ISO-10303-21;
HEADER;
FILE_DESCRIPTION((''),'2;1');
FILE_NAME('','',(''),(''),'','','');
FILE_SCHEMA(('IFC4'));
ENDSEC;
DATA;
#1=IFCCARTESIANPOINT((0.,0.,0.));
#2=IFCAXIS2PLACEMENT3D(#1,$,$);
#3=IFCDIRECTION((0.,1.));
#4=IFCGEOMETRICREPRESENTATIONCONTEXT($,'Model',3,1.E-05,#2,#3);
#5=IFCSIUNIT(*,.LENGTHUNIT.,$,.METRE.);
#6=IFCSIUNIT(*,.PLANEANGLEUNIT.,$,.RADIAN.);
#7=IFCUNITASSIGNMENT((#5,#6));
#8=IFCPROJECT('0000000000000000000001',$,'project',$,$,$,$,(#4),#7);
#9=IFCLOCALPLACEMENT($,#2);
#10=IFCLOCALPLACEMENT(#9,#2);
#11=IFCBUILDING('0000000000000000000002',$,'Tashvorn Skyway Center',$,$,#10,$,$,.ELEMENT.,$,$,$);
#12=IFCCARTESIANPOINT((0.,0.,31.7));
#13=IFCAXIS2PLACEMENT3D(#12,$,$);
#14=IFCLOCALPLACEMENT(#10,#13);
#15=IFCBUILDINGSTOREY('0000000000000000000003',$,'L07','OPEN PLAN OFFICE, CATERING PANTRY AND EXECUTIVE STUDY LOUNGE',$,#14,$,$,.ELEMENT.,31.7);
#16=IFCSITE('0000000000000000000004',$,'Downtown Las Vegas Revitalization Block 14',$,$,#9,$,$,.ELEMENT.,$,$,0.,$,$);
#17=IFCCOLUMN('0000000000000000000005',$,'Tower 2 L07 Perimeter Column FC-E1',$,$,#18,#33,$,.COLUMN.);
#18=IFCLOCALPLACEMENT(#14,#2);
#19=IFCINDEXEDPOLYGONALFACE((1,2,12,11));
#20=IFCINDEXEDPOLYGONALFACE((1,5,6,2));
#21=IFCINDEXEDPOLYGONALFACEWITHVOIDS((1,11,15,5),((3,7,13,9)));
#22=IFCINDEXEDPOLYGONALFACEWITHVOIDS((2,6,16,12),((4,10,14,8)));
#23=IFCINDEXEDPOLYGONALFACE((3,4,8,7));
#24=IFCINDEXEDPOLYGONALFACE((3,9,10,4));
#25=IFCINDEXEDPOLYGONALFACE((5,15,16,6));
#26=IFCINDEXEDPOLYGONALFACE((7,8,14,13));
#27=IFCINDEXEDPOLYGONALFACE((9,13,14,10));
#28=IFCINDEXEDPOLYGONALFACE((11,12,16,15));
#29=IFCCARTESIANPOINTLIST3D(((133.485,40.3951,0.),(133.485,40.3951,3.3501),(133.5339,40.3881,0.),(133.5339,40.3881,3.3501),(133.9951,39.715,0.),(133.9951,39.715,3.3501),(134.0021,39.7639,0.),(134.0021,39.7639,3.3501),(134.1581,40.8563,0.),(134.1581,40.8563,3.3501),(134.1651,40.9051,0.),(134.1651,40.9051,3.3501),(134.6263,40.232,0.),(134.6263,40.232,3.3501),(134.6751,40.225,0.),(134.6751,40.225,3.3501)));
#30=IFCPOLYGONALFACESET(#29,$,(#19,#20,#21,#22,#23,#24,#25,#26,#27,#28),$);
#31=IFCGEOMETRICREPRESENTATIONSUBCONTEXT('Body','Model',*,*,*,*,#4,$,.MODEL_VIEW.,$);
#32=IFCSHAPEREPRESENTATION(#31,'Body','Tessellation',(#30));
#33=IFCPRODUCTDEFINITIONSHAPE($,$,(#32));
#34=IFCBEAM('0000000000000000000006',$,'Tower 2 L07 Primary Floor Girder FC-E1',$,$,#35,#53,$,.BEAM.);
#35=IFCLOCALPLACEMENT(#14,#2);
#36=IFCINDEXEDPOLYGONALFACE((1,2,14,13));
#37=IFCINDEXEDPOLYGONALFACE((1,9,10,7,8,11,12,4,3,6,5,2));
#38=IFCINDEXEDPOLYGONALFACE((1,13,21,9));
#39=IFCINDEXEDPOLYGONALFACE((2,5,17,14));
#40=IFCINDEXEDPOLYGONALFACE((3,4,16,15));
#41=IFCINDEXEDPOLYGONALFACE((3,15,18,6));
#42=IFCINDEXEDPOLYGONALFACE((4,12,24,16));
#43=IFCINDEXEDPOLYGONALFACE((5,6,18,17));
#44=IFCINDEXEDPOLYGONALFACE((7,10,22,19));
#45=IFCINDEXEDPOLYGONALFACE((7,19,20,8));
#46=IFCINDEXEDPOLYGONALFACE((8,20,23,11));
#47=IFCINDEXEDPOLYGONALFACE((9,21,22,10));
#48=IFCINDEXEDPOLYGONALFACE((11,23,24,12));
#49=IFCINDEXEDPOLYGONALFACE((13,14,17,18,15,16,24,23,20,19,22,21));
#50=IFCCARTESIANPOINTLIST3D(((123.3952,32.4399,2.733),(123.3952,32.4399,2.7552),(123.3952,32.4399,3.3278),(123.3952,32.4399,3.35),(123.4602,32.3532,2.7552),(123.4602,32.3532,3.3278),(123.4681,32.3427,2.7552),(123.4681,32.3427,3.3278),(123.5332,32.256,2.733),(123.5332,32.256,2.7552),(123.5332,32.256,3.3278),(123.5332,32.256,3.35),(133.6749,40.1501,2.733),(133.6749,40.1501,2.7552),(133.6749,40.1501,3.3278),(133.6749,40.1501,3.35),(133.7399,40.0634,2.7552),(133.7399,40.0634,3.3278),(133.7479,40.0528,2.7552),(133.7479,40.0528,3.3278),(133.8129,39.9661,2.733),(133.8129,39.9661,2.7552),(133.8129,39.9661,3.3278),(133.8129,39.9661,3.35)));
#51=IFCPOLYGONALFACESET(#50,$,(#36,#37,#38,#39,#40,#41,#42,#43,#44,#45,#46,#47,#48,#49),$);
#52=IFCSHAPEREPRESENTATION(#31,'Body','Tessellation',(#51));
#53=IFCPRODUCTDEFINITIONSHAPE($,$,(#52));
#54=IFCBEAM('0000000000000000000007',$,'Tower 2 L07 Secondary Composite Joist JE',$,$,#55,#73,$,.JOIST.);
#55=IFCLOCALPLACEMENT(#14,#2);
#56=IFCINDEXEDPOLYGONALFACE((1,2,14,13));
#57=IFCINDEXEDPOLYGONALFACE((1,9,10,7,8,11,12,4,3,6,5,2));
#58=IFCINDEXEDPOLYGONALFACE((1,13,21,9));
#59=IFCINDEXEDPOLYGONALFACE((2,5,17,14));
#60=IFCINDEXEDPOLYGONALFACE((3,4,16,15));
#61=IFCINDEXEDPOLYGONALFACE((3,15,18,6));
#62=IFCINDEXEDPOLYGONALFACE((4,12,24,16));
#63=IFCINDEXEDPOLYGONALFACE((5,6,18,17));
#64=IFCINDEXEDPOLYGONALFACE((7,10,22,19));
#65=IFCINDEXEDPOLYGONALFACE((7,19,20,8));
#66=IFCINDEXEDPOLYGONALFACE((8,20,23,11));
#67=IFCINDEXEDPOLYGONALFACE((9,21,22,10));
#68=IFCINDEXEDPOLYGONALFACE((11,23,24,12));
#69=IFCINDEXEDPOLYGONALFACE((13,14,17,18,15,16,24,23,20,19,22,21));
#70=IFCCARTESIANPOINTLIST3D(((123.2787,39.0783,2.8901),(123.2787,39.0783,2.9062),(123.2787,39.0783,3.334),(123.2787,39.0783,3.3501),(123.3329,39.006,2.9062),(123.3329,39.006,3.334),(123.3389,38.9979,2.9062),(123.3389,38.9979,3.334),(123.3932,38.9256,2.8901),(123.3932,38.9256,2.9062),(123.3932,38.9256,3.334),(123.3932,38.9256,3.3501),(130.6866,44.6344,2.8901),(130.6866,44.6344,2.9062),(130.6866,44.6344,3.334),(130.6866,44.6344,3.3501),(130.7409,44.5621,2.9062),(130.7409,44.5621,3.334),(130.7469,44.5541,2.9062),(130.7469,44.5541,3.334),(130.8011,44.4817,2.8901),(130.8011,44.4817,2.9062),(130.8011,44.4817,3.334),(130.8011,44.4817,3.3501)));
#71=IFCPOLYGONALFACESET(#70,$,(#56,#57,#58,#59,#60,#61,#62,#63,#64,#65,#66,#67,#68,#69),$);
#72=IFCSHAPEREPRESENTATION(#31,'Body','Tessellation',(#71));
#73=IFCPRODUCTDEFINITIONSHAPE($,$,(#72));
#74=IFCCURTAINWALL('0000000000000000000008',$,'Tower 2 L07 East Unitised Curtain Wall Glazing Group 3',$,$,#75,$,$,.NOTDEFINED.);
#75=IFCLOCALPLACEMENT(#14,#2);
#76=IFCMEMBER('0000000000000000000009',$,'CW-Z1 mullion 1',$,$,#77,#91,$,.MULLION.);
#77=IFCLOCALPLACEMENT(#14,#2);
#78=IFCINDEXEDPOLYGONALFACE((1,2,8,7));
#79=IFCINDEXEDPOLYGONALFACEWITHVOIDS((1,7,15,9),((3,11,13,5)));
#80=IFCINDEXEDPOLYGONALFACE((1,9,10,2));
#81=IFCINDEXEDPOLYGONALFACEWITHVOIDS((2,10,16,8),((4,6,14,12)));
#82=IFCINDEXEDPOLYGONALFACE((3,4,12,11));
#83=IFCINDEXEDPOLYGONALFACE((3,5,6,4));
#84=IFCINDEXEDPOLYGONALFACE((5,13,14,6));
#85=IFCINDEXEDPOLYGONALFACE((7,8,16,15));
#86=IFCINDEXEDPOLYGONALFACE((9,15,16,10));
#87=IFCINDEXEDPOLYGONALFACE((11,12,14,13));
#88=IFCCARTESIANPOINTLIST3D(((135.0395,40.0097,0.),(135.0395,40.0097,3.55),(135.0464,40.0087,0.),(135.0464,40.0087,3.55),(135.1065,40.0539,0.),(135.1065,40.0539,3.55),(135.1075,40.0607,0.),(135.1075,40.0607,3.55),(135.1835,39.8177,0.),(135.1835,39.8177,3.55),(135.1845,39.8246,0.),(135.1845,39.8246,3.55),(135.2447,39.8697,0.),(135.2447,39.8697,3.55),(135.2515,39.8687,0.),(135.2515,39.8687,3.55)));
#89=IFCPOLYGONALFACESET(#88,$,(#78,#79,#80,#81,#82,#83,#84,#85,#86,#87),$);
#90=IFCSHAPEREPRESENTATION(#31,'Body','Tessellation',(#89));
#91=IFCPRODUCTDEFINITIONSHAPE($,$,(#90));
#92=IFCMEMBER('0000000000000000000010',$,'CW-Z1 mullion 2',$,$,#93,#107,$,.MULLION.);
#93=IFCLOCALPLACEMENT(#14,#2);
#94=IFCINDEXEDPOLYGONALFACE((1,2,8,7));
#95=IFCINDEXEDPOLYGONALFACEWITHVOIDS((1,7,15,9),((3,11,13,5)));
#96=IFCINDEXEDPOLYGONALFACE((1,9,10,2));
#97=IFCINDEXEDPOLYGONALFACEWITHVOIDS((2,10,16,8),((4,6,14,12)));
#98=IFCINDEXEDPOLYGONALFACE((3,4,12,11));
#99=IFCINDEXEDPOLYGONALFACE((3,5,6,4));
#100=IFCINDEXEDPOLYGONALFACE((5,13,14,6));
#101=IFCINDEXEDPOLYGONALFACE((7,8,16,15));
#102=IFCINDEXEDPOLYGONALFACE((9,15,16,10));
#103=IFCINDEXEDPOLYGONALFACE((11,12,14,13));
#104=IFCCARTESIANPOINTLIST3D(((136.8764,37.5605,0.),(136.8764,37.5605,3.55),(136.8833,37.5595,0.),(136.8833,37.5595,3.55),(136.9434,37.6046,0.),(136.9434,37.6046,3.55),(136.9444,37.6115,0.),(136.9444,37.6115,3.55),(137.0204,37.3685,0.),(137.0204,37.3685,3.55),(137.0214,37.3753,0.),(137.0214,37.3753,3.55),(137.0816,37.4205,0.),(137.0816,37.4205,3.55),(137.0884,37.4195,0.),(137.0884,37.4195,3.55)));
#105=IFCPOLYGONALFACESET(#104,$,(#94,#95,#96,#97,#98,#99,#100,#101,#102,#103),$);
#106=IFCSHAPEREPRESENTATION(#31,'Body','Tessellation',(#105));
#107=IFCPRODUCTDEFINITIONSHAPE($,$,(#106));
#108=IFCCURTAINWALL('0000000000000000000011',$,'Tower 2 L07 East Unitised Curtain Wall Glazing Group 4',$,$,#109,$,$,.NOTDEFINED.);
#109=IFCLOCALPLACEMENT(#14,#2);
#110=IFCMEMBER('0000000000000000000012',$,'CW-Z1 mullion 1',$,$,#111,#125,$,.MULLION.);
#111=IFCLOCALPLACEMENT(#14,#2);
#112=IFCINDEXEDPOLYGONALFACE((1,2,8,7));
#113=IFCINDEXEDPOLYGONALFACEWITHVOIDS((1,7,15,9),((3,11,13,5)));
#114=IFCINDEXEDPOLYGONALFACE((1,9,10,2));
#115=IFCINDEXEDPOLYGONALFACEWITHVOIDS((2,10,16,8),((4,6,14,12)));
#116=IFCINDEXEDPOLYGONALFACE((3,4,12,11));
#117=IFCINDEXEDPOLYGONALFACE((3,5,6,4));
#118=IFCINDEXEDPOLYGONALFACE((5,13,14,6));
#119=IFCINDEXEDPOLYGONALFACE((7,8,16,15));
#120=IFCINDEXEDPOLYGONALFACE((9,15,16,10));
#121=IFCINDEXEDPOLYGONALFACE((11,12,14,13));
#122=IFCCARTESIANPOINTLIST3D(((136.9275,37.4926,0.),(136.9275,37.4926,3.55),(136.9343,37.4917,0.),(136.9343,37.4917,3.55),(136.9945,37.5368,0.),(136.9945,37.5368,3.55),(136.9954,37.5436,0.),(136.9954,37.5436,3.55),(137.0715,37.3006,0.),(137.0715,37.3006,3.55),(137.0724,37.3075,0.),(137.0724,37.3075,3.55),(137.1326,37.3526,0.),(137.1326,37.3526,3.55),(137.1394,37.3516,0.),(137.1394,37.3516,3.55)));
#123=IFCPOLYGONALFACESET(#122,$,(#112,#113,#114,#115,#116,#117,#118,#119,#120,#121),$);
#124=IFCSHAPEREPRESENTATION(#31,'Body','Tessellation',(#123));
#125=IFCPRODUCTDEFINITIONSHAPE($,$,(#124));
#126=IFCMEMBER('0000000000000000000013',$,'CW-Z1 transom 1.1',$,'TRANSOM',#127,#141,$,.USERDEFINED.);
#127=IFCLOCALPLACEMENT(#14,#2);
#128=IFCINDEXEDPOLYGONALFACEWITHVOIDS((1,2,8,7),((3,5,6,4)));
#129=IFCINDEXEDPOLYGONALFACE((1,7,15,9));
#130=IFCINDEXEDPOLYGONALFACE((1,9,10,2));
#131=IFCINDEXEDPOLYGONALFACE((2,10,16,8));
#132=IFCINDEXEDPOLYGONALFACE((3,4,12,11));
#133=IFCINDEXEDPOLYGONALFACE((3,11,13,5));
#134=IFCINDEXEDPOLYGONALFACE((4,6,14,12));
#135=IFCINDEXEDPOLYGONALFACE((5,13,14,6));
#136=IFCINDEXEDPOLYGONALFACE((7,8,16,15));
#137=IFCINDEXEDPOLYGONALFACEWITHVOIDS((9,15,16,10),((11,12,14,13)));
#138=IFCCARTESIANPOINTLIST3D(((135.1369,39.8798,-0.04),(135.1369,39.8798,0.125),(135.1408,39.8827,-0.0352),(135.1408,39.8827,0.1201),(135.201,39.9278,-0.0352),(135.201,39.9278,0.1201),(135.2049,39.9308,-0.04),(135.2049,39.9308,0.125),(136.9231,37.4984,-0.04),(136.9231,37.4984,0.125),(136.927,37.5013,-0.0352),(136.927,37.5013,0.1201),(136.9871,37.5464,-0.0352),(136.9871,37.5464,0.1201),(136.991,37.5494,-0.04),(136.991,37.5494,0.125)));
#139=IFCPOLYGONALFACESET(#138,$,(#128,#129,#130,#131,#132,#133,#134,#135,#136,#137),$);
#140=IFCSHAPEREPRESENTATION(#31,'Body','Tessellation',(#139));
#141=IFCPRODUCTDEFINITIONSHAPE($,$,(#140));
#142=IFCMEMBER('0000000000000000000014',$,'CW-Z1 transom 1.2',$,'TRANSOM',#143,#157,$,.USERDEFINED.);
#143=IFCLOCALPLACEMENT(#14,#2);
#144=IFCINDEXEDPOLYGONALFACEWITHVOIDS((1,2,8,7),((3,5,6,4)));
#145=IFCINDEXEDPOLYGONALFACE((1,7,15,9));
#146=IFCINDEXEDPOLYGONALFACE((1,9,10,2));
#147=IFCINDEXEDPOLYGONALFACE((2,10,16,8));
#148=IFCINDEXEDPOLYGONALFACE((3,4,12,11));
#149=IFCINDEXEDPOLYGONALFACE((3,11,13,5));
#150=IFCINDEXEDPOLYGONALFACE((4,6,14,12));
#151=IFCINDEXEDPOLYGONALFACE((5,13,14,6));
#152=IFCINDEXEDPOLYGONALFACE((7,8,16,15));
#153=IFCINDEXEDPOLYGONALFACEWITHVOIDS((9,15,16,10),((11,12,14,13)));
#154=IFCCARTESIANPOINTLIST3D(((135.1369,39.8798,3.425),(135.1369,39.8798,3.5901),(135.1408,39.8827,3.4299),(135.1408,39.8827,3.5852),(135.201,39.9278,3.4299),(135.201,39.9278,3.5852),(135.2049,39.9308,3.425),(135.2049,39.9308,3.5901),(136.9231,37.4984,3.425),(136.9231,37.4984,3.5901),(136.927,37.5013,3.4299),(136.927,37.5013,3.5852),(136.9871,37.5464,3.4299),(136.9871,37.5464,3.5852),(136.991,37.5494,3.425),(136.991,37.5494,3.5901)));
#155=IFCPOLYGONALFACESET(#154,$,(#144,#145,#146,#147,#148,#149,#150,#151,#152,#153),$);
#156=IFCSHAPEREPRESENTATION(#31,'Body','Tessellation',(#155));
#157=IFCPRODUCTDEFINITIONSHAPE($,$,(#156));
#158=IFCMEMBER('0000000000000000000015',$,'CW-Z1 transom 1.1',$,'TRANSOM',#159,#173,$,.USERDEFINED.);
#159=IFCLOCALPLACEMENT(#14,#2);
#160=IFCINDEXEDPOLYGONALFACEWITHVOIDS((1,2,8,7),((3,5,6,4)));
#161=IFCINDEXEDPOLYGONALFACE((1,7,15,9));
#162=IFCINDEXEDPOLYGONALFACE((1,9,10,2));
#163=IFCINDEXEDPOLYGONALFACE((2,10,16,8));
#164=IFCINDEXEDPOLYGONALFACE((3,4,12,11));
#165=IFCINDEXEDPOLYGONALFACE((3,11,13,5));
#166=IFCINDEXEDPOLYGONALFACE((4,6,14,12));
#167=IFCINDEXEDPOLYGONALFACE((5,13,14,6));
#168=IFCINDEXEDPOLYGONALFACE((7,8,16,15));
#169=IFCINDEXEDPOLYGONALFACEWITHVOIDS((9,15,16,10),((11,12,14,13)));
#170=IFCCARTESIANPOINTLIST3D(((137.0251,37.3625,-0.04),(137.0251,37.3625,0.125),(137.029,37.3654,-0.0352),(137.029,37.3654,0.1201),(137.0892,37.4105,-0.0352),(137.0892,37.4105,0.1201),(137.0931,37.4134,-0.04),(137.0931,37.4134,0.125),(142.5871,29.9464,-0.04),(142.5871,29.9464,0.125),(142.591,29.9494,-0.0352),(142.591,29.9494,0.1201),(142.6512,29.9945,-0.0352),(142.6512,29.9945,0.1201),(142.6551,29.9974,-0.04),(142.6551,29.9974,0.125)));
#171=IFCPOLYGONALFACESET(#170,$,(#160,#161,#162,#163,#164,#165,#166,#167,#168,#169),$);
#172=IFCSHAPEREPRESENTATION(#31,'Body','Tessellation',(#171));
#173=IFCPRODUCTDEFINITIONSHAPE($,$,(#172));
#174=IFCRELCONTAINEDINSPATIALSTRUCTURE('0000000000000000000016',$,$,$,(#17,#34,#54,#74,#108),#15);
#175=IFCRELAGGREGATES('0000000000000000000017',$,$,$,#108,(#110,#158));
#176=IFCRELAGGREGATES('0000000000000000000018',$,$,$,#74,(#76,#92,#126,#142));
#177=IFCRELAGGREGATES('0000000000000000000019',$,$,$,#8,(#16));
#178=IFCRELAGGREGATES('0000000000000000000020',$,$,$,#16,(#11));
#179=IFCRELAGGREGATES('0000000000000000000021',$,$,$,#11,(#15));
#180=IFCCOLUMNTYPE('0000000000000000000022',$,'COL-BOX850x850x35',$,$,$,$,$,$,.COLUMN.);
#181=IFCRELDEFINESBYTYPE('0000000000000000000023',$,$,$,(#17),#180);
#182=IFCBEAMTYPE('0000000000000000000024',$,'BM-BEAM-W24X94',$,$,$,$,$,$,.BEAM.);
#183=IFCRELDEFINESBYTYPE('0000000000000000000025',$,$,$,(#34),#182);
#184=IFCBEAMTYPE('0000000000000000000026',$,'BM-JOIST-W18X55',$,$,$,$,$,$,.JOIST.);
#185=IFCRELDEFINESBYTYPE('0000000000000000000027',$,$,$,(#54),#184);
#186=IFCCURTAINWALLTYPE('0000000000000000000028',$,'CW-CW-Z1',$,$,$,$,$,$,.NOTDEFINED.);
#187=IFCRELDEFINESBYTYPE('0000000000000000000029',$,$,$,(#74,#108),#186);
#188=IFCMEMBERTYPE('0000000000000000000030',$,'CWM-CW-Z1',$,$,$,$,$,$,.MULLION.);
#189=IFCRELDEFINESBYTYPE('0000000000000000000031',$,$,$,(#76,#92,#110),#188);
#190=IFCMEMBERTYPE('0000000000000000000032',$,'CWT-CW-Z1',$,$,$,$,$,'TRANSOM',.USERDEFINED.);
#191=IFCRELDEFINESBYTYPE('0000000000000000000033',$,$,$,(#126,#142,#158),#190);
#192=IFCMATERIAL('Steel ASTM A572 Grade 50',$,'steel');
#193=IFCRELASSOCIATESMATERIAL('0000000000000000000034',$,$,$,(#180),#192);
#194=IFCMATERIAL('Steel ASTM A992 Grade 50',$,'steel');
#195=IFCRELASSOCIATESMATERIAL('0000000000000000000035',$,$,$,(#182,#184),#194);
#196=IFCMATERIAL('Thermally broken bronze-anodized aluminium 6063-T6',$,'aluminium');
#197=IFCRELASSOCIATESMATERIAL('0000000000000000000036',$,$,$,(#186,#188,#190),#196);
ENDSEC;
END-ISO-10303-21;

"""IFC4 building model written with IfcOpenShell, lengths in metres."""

from ifc_helpers import new_model, si_unit, direction, frame, origin, origin_2d, place, context, subcontext, project, spatial, hollow_rectangle, i_section, extrude, material, material_profile, profile_set, type_object, element, aggregate, save


model = new_model("IFC4")

# Units and contexts
model_context = context("Model", 3, precision=1e-05, world=origin(), true_north=direction((0.0, 1.0)))
body_context = subcontext(model_context, "Body", "Model", "MODEL_VIEW")
ifc_project = project(units=[si_unit("LENGTHUNIT", "METRE"), si_unit("PLANEANGLEUNIT", "RADIAN")], contexts=[model_context])

# Site, building, storey
site_placement = place(None, origin())
site = spatial("IfcSite", under=ifc_project, at=site_placement, Name="Downtown Las Vegas Revitalization Block 14", CompositionType="ELEMENT", RefElevation=0.0)
building_placement = place(site_placement, origin())
building = spatial("IfcBuilding", under=site, at=building_placement, Name="Tashvorn Skyway Center", CompositionType="ELEMENT")
storey_placement = place(building_placement, frame((0.0, 0.0, 31.7)))
storey = spatial("IfcBuildingStorey", under=building, at=storey_placement, Name="L07", Description="OPEN PLAN OFFICE, CATERING PANTRY AND EXECUTIVE STUDY LOUNGE", CompositionType="ELEMENT", Elevation=31.7)

# Column
ifc_material_1 = material(Name="Steel ASTM A572 Grade 50", Category="steel")
ifc_material_profile_1 = material_profile(ifc_material_1, hollow_rectangle(XDim=0.8501, YDim=0.8501, WallThickness=0.0349, at=origin_2d()), Name="BOX850x850x35")
ifc_profile_set_1 = profile_set([ifc_material_profile_1], Name="Steel ASTM A572 Grade 50")
column_type = type_object("IfcColumnType", Name="COL-BOX850x850x35", PredefinedType="COLUMN", material=ifc_profile_set_1)
column_placement = place(storey_placement, frame((134.0801, 40.3101, 0.0), z_axis=(0.0, 0.0, 1.0), x_axis=(0.8, 0.6, 0.0)))
element("IfcColumn", 1, at=column_placement, inside=storey, type_object=column_type, Name="Tower 2 L07 Perimeter Column FC-E1", PredefinedType="COLUMN", context=body_context, shape_type="SweptSolid", body=[
    extrude(hollow_rectangle(XDim=0.8501, YDim=0.8501, WallThickness=0.0349, at=origin_2d()), origin(), (0.0, 0.0, 1.0), 3.3501),
])

# Beams
ifc_material_2 = material(Name="Steel ASTM A992 Grade 50", Category="steel")
ifc_material_profile_2 = material_profile(ifc_material_2, i_section(OverallWidth=0.23, OverallDepth=0.6169, WebThickness=0.0132, FlangeThickness=0.0222, at=origin_2d()), Name="W24X94")
ifc_profile_set_2 = profile_set([ifc_material_profile_2], Name="Steel ASTM A992 Grade 50")
beam_type_1 = type_object("IfcBeamType", Name="BM-BEAM-W24X94", PredefinedType="BEAM", material=ifc_profile_set_2)
beam_1_placement = place(storey_placement, frame((133.7439, 40.0581, 3.0415), z_axis=(-0.799986, -0.600018, 0.0), x_axis=(0.600018, -0.799986, 0.0)))
element("IfcBeam", 2, at=beam_1_placement, inside=storey, type_object=beam_type_1, Name="Tower 2 L07 Primary Floor Girder FC-E1", PredefinedType="BEAM", context=body_context, shape_type="SweptSolid", body=[
    extrude(i_section(OverallWidth=0.23, OverallDepth=0.6169, WebThickness=0.0132, FlangeThickness=0.0222, at=origin_2d()), origin(), (0.0, 0.0, 1.0), 12.8499),
])
ifc_material_profile_3 = material_profile(ifc_material_2, i_section(OverallWidth=0.1909, OverallDepth=0.46, WebThickness=0.01, FlangeThickness=0.0161, at=origin_2d()), Name="W18X55")
ifc_profile_set_3 = profile_set([ifc_material_profile_3], Name="Steel ASTM A992 Grade 50")
beam_type_2 = type_object("IfcBeamType", Name="BM-JOIST-W18X55", PredefinedType="JOIST", material=ifc_profile_set_3)
beam_2_placement = place(storey_placement, frame((123.3359, 39.002, 3.1201), z_axis=(0.799991, 0.600013, 0.0), x_axis=(-0.600013, 0.799991, 0.0)))
element("IfcBeam", 3, at=beam_2_placement, inside=storey, type_object=beam_type_2, Name="Tower 2 L07 Secondary Composite Joist JE", PredefinedType="JOIST", context=body_context, shape_type="SweptSolid", body=[
    extrude(i_section(OverallWidth=0.1909, OverallDepth=0.46, WebThickness=0.01, FlangeThickness=0.0161, at=origin_2d()), origin(), (0.0, 0.0, 1.0), 9.26),
])

# Curtain wall, members
ifc_material_3 = material(Name="Thermally broken bronze-anodized aluminium 6063-T6", Category="aluminium")
curtain_wall_type = type_object("IfcCurtainWallType", Name="CW-CW-Z1", PredefinedType="NOTDEFINED", material=ifc_material_3)
curtain_wall_1_placement = place(storey_placement, origin())
curtain_wall_1 = element("IfcCurtainWall", 4, at=curtain_wall_1_placement, inside=storey, type_object=curtain_wall_type, Name="Tower 2 L07 East Unitised Curtain Wall Glazing Group 3", PredefinedType="NOTDEFINED")
ifc_material_profile_4 = material_profile(ifc_material_3, hollow_rectangle(XDim=0.085, YDim=0.24, WallThickness=0.0049, at=origin_2d()), Name="ALU-MULL-85x240")
ifc_profile_set_4 = profile_set([ifc_material_profile_4], Name="Thermally broken bronze-anodized aluminium 6063-T6")
member_type_1 = type_object("IfcMemberType", Name="CWM-CW-Z1", PredefinedType="MULLION", material=ifc_profile_set_4)
member_1_placement = place(storey_placement, frame((135.1455, 39.9392, 0.0), z_axis=(0.0, 0.0, 1.0), x_axis=(0.799996, 0.600005, 0.0)))
member_1 = element("IfcMember", 5, at=member_1_placement, type_object=member_type_1, Name="CW-Z1 mullion 1", PredefinedType="MULLION", context=body_context, shape_type="SweptSolid", body=[
    extrude(hollow_rectangle(XDim=0.085, YDim=0.24, WallThickness=0.0049, at=origin_2d()), origin(), (0.0, 0.0, 1.0), 3.55),
])
member_2_placement = place(storey_placement, frame((136.9824, 37.49, 0.0), z_axis=(0.0, 0.0, 1.0), x_axis=(0.799996, 0.600005, 0.0)))
member_2 = element("IfcMember", 6, at=member_2_placement, type_object=member_type_1, Name="CW-Z1 mullion 2", PredefinedType="MULLION", context=body_context, shape_type="SweptSolid", body=[
    extrude(hollow_rectangle(XDim=0.085, YDim=0.24, WallThickness=0.0049, at=origin_2d()), origin(), (0.0, 0.0, 1.0), 3.55),
])

# Curtain wall, member
curtain_wall_2_placement = place(storey_placement, origin())
curtain_wall_2 = element("IfcCurtainWall", 7, at=curtain_wall_2_placement, inside=storey, type_object=curtain_wall_type, Name="Tower 2 L07 East Unitised Curtain Wall Glazing Group 4", PredefinedType="NOTDEFINED")
member_3_placement = place(storey_placement, frame((137.0334, 37.4221, 0.0), z_axis=(0.0, 0.0, 1.0), x_axis=(0.8, 0.6, 0.0)))
member_3 = element("IfcMember", 8, at=member_3_placement, type_object=member_type_1, Name="CW-Z1 mullion 1", PredefinedType="MULLION", context=body_context, shape_type="SweptSolid", body=[
    extrude(hollow_rectangle(XDim=0.085, YDim=0.24, WallThickness=0.0049, at=origin_2d()), origin(), (0.0, 0.0, 1.0), 3.55),
])

# Members
ifc_material_profile_5 = material_profile(ifc_material_3, hollow_rectangle(XDim=0.085, YDim=0.165, WallThickness=0.0049, at=origin_2d()), Name="ALU-TRAN-85x165")
ifc_profile_set_5 = profile_set([ifc_material_profile_5], Name="Thermally broken bronze-anodized aluminium 6063-T6")
member_type_2 = type_object("IfcMemberType", Name="CWT-CW-Z1", ElementType="TRANSOM", PredefinedType="USERDEFINED", material=ifc_profile_set_5)
member_4_placement = place(storey_placement, frame((135.1709, 39.9053, 0.0425), z_axis=(0.600026, -0.79998, 0.0), x_axis=(0.79998, 0.600026, 0.0)))
member_4 = element("IfcMember", 9, at=member_4_placement, type_object=member_type_2, Name="CW-Z1 transom 1.1", ObjectType="TRANSOM", PredefinedType="USERDEFINED", context=body_context, shape_type="SweptSolid", body=[
    extrude(hollow_rectangle(XDim=0.085, YDim=0.165, WallThickness=0.0049, at=origin_2d()), origin(), (0.0, 0.0, 1.0), 2.9768),
])
member_5_placement = place(storey_placement, frame((135.1709, 39.9053, 3.5076), z_axis=(0.600026, -0.79998, 0.0), x_axis=(0.79998, 0.600026, 0.0)))
member_5 = element("IfcMember", 10, at=member_5_placement, type_object=member_type_2, Name="CW-Z1 transom 1.2", ObjectType="TRANSOM", PredefinedType="USERDEFINED", context=body_context, shape_type="SweptSolid", body=[
    extrude(hollow_rectangle(XDim=0.085, YDim=0.165, WallThickness=0.0049, at=origin_2d()), origin(), (0.0, 0.0, 1.0), 2.9768),
])
member_6_placement = place(storey_placement, frame((137.0591, 37.3879, 0.0425), z_axis=(0.6, -0.8, 0.0), x_axis=(0.8, 0.6, 0.0)))
member_6 = element("IfcMember", 11, at=member_6_placement, type_object=member_type_2, Name="CW-Z1 transom 1.1", ObjectType="TRANSOM", PredefinedType="USERDEFINED", context=body_context, shape_type="SweptSolid", body=[
    extrude(hollow_rectangle(XDim=0.085, YDim=0.165, WallThickness=0.0049, at=origin_2d()), origin(), (0.0, 0.0, 1.0), 9.27),
])
aggregate(curtain_wall_2, [member_3, member_6])

aggregate(curtain_wall_1, [member_1, member_2, member_4, member_5])

save(model, "model.ifc")
